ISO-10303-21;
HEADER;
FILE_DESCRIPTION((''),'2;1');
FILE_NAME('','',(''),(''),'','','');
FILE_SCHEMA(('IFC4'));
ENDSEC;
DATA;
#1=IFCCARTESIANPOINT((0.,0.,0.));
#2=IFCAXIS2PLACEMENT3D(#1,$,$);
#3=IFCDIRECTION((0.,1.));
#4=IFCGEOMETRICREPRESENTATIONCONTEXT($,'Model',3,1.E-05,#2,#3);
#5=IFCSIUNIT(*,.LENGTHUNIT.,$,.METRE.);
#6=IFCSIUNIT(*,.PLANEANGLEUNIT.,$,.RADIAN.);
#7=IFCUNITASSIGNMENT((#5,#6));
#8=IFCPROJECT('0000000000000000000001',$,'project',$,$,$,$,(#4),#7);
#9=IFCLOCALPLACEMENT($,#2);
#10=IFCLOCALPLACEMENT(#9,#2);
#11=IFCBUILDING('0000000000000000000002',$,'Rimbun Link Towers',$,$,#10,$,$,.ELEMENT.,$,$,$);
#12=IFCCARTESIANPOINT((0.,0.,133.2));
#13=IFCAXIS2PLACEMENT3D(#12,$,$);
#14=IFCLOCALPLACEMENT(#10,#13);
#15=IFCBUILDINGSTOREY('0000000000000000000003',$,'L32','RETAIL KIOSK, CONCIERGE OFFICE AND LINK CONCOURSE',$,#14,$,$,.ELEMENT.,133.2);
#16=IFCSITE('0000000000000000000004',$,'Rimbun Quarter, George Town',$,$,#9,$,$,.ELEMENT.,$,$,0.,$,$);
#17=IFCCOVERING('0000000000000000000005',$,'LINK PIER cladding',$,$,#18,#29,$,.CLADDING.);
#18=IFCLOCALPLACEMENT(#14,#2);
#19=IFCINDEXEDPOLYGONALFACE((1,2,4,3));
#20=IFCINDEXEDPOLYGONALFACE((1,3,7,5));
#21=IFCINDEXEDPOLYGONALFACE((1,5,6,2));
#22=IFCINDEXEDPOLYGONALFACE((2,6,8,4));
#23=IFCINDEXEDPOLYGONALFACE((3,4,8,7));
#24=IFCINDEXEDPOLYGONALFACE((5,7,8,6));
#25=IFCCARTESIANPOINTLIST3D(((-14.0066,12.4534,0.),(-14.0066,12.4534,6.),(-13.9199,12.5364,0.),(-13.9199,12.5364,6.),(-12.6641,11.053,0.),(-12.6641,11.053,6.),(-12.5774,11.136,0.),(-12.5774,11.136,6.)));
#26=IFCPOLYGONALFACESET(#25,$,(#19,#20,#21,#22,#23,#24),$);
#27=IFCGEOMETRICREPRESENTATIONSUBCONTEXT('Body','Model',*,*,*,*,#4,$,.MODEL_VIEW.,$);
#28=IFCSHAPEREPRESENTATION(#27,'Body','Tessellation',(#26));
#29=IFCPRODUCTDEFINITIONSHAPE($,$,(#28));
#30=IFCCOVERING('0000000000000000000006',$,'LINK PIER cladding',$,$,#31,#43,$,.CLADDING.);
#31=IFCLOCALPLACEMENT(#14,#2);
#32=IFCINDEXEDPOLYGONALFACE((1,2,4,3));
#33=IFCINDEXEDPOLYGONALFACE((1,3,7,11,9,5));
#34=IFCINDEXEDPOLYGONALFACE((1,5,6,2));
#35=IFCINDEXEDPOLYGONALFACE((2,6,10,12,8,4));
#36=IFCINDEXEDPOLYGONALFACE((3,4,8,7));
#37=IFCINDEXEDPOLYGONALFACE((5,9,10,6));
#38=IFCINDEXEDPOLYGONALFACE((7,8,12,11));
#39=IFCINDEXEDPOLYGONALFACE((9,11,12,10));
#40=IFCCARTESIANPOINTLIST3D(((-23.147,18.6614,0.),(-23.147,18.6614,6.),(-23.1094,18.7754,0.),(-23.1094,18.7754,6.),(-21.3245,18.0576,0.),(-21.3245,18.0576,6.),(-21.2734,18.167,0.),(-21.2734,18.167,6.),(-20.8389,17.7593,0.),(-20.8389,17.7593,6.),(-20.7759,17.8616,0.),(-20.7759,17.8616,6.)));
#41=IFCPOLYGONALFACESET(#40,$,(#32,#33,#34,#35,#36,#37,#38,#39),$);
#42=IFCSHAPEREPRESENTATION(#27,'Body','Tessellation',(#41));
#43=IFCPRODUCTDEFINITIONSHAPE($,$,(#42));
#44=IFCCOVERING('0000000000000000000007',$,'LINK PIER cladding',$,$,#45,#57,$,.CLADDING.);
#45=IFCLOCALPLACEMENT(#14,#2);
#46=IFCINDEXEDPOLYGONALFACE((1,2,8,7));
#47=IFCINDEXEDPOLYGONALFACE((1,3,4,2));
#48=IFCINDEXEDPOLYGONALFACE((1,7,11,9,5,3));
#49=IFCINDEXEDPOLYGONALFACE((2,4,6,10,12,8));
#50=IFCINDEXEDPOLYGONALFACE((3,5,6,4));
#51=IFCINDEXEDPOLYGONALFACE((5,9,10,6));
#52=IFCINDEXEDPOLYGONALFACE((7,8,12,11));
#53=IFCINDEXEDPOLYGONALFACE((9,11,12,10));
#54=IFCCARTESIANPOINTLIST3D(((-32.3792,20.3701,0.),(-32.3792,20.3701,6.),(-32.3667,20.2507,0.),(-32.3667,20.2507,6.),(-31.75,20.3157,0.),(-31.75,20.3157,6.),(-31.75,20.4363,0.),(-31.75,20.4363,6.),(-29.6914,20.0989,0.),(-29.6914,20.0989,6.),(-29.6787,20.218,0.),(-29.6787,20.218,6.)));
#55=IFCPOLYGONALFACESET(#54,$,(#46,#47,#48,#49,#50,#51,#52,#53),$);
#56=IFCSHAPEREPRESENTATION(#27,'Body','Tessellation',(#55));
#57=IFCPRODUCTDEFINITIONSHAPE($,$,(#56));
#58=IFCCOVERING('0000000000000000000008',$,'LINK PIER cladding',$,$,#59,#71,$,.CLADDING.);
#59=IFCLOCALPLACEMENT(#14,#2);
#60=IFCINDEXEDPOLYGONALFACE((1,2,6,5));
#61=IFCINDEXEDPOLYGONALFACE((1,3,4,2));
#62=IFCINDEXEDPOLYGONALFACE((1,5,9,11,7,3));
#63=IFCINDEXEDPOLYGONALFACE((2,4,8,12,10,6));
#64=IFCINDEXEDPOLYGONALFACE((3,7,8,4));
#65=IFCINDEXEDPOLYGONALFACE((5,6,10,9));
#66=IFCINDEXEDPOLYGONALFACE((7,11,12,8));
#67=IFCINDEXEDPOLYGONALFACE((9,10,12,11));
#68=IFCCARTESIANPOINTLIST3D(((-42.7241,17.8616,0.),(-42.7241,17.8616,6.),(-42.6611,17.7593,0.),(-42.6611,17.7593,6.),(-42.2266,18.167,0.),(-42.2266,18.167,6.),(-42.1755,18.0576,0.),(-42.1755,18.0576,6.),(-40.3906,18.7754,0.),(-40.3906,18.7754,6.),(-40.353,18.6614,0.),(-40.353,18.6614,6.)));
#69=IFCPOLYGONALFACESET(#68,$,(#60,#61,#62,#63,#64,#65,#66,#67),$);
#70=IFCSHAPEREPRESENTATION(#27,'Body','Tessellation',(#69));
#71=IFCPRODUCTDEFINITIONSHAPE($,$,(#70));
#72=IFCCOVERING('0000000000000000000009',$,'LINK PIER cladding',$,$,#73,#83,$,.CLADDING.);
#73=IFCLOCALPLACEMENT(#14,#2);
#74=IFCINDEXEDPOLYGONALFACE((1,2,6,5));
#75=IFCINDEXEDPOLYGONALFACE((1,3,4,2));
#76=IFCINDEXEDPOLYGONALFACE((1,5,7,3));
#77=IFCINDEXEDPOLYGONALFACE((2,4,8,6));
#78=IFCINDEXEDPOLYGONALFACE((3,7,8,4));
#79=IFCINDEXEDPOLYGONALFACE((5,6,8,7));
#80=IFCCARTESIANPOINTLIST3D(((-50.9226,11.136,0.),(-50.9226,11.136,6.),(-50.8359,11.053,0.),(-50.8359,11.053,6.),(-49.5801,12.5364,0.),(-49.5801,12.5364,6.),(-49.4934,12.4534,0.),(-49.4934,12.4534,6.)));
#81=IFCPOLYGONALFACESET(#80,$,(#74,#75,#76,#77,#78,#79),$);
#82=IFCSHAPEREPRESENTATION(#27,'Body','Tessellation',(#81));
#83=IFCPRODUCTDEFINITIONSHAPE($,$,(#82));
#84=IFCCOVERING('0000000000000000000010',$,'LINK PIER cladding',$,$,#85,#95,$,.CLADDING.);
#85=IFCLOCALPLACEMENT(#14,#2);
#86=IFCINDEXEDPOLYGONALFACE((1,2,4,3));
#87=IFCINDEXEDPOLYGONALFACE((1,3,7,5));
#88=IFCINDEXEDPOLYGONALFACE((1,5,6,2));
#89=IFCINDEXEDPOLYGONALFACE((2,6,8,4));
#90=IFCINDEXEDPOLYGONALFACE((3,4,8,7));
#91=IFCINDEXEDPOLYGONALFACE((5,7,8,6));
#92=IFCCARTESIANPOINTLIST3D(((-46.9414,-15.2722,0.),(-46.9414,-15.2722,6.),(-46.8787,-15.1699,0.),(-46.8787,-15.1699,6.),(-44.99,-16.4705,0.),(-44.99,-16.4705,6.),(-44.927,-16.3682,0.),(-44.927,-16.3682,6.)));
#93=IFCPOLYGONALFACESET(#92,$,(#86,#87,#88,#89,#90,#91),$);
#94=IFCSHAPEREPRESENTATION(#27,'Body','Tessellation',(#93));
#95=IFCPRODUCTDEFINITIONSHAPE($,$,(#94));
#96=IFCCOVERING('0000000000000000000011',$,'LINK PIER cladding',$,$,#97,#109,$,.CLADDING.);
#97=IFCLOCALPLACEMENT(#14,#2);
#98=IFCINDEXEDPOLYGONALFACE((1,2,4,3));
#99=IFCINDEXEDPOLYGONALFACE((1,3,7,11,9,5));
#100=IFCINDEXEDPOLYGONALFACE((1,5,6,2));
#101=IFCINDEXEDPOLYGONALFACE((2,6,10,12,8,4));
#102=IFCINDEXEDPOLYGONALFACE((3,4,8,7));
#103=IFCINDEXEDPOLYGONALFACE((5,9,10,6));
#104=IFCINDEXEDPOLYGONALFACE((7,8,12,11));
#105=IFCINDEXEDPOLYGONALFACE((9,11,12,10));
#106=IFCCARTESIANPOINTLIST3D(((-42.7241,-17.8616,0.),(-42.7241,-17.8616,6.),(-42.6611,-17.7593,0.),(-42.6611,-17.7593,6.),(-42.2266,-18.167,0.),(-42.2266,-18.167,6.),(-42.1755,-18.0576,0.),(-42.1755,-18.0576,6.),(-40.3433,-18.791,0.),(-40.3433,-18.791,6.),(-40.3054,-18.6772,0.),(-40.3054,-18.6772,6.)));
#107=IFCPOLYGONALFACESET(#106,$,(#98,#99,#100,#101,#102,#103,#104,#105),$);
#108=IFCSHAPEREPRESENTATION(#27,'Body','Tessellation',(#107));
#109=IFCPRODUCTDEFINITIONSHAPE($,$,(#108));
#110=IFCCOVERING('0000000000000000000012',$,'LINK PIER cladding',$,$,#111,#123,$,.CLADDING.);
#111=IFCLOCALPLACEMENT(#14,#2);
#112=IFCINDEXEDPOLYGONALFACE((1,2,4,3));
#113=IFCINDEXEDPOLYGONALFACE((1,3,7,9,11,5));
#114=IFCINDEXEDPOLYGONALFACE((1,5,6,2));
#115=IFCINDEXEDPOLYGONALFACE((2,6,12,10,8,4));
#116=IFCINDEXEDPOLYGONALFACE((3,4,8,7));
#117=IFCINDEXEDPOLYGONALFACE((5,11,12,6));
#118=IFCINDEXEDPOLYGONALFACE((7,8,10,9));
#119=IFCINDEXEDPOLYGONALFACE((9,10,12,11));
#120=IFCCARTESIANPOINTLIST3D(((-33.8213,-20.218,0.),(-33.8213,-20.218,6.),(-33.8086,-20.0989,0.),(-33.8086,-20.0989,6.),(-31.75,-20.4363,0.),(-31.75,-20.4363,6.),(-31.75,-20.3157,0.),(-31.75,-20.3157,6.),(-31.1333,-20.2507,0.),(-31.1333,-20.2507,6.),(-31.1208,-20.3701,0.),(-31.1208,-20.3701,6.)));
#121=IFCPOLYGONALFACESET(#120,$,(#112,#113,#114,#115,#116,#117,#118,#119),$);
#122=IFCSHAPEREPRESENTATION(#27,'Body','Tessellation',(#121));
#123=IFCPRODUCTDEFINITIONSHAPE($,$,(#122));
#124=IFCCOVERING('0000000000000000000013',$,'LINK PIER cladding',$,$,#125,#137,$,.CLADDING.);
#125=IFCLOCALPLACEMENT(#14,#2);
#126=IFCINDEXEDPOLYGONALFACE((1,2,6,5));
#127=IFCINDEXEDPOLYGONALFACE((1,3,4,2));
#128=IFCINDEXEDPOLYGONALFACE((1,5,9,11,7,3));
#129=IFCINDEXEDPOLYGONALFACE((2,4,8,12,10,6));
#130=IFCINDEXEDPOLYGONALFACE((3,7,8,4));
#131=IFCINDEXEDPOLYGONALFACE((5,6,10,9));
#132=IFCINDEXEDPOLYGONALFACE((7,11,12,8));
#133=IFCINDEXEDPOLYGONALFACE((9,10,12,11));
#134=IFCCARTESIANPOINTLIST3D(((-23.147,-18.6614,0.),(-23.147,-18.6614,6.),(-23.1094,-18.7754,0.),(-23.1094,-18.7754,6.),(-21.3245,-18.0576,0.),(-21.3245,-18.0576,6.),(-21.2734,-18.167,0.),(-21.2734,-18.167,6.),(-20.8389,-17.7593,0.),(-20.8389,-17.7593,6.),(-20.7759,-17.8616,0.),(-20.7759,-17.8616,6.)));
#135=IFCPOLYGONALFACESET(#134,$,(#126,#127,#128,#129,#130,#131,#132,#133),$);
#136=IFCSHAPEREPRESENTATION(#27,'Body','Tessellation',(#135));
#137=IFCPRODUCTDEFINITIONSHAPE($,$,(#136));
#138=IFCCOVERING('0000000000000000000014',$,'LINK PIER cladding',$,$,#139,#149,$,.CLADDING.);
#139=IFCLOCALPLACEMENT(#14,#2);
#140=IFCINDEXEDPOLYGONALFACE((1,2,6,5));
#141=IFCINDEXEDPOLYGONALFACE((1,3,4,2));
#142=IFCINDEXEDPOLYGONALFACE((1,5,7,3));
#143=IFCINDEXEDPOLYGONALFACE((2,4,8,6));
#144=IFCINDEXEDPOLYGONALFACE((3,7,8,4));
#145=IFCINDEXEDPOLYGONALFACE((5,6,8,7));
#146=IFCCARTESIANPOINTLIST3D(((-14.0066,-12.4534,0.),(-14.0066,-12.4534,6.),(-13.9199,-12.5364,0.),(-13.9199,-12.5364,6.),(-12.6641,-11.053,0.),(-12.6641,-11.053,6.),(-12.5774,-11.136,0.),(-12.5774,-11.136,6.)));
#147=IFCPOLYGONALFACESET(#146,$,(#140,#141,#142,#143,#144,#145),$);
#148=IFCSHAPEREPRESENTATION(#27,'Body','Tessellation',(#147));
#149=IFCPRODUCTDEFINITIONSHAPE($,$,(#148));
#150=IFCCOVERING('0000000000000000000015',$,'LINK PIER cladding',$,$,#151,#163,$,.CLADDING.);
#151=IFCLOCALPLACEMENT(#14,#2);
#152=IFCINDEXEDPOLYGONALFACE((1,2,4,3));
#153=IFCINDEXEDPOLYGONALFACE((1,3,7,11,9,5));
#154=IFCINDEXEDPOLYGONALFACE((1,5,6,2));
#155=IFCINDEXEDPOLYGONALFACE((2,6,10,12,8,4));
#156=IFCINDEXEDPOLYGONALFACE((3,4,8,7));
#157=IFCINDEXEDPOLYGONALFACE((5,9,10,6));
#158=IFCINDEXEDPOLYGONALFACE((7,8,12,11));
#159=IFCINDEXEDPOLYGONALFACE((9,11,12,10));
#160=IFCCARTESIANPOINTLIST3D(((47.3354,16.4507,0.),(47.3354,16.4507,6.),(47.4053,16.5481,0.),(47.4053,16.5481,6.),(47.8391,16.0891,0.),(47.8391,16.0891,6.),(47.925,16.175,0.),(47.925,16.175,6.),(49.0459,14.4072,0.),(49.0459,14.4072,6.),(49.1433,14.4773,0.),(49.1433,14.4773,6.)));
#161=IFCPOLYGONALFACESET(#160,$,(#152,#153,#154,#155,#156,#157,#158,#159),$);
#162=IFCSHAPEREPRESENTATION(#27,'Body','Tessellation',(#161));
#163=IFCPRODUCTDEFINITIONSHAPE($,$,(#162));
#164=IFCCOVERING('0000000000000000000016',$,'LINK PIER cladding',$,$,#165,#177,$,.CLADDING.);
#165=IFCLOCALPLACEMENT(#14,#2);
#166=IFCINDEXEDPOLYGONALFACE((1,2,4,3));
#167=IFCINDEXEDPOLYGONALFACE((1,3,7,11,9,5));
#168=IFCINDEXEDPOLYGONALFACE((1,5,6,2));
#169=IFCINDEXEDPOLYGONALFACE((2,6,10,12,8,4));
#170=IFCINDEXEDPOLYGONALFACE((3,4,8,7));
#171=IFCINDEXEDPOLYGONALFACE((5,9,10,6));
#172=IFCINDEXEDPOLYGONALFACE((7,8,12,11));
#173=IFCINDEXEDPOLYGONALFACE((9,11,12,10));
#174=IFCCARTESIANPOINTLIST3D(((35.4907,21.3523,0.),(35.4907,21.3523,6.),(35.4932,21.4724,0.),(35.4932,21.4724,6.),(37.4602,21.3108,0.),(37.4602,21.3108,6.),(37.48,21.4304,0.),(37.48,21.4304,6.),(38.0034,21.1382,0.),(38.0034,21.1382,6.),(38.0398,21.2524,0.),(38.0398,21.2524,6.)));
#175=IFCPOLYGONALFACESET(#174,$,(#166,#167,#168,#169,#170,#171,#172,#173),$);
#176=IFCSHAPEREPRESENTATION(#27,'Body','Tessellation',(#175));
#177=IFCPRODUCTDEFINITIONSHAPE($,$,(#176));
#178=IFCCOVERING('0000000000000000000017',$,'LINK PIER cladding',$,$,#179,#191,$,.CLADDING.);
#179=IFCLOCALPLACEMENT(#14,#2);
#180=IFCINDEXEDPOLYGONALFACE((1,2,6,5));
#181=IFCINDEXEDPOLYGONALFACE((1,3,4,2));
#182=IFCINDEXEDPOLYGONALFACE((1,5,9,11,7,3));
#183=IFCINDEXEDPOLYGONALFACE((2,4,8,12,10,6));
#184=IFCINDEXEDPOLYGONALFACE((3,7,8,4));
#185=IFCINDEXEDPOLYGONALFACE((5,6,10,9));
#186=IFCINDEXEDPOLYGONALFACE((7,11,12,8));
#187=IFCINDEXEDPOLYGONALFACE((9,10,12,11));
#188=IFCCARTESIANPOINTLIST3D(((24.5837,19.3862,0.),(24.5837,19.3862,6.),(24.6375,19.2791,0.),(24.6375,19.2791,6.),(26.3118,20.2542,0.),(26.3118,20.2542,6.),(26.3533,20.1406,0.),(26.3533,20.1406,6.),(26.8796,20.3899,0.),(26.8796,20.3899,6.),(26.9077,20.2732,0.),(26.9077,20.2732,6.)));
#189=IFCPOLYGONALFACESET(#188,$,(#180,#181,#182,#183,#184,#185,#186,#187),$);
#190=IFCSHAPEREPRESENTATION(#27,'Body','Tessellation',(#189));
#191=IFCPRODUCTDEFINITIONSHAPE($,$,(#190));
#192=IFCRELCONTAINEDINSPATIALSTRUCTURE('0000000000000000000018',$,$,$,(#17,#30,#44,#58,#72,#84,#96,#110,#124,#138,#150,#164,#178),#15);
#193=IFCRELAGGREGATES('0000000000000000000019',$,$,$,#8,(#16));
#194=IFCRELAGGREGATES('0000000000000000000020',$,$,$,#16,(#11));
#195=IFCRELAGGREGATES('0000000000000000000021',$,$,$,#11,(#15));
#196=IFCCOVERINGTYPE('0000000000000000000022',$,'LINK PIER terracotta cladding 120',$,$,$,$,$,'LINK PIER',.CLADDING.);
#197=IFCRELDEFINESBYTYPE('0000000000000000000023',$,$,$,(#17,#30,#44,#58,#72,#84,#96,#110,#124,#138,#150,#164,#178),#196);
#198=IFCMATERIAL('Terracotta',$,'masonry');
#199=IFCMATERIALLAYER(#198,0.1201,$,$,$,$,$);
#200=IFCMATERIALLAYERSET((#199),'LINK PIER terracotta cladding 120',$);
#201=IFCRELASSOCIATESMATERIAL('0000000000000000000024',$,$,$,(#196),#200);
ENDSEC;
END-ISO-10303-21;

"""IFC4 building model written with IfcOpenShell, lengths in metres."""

from ifc_helpers import new_model, si_unit, direction, frame, origin, place, context, subcontext, project, spatial, polyline, outline, extrude, material, layer, layer_set, type_object, element, save


model = new_model("IFC4")

# Units and contexts
model_context = context("Model", 3, precision=1e-05, world=origin(), true_north=direction((0.0, 1.0)))
body_context = subcontext(model_context, "Body", "Model", "MODEL_VIEW")
ifc_project = project(units=[si_unit("LENGTHUNIT", "METRE"), si_unit("PLANEANGLEUNIT", "RADIAN")], contexts=[model_context])

# Site, building, storey
site_placement = place(None, origin())
site = spatial("IfcSite", under=ifc_project, at=site_placement, Name="Rimbun Quarter, George Town", CompositionType="ELEMENT", RefElevation=0.0)
building_placement = place(site_placement, origin())
building = spatial("IfcBuilding", under=site, at=building_placement, Name="Rimbun Link Towers", CompositionType="ELEMENT")
storey_placement = place(building_placement, frame((0.0, 0.0, 133.2)))
storey = spatial("IfcBuildingStorey", under=building, at=storey_placement, Name="L32", Description="RETAIL KIOSK, CONCIERGE OFFICE AND LINK CONCOURSE", CompositionType="ELEMENT", Elevation=133.2)

# Coverings
ifc_material_1 = material(Name="Terracotta", Category="masonry")
ifc_layer_1 = layer(ifc_material_1, 0.1201)
ifc_layer_set_1 = layer_set([ifc_layer_1], Name="LINK PIER terracotta cladding 120")
covering_type = type_object("IfcCoveringType", Name="LINK PIER terracotta cladding 120", ElementType="LINK PIER", PredefinedType="CLADDING", material=ifc_layer_set_1)
covering_1_placement = place(storey_placement, origin())
element("IfcCovering", 1, at=covering_1_placement, inside=storey, type_object=covering_type, Name="LINK PIER cladding", PredefinedType="CLADDING", context=body_context, shape_type="SweptSolid", body=[
    extrude(outline(polyline([(-14.0066, 12.4534), (-12.6641, 11.053), (-12.5774, 11.136), (-13.9199, 12.5364), (-14.0066, 12.4534)])), origin(), (0.0, 0.0, 1.0), 6.0),
])
covering_2_placement = place(storey_placement, origin())
element("IfcCovering", 2, at=covering_2_placement, inside=storey, type_object=covering_type, Name="LINK PIER cladding", PredefinedType="CLADDING", context=body_context, shape_type="SweptSolid", body=[
    extrude(outline(polyline([(-23.147, 18.6614), (-21.3245, 18.0576), (-20.8389, 17.7593), (-20.7759, 17.8616), (-21.2734, 18.167), (-23.1094, 18.7754), (-23.147, 18.6614)])), origin(), (0.0, 0.0, 1.0), 6.0),
])
covering_3_placement = place(storey_placement, origin())
element("IfcCovering", 3, at=covering_3_placement, inside=storey, type_object=covering_type, Name="LINK PIER cladding", PredefinedType="CLADDING", context=body_context, shape_type="SweptSolid", body=[
    extrude(outline(polyline([(-32.3667, 20.2507), (-31.75, 20.3157), (-29.6914, 20.0989), (-29.6787, 20.218), (-31.75, 20.4363), (-32.3792, 20.3701), (-32.3667, 20.2507)])), origin(), (0.0, 0.0, 1.0), 6.0),
])
covering_4_placement = place(storey_placement, origin())
element("IfcCovering", 4, at=covering_4_placement, inside=storey, type_object=covering_type, Name="LINK PIER cladding", PredefinedType="CLADDING", context=body_context, shape_type="SweptSolid", body=[
    extrude(outline(polyline([(-42.6611, 17.7593), (-42.1755, 18.0576), (-40.353, 18.6614), (-40.3906, 18.7754), (-42.2266, 18.167), (-42.7241, 17.8616), (-42.6611, 17.7593)])), origin(), (0.0, 0.0, 1.0), 6.0),
])
covering_5_placement = place(storey_placement, origin())
element("IfcCovering", 5, at=covering_5_placement, inside=storey, type_object=covering_type, Name="LINK PIER cladding", PredefinedType="CLADDING", context=body_context, shape_type="SweptSolid", body=[
    extrude(outline(polyline([(-50.8359, 11.053), (-49.4934, 12.4534), (-49.5801, 12.5364), (-50.9226, 11.136), (-50.8359, 11.053)])), origin(), (0.0, 0.0, 1.0), 6.0),
])
covering_6_placement = place(storey_placement, origin())
element("IfcCovering", 6, at=covering_6_placement, inside=storey, type_object=covering_type, Name="LINK PIER cladding", PredefinedType="CLADDING", context=body_context, shape_type="SweptSolid", body=[
    extrude(outline(polyline([(-44.927, -16.3682), (-46.8787, -15.1699), (-46.9414, -15.2722), (-44.99, -16.4705), (-44.927, -16.3682)])), origin(), (0.0, 0.0, 1.0), 6.0),
])
covering_7_placement = place(storey_placement, origin())
element("IfcCovering", 7, at=covering_7_placement, inside=storey, type_object=covering_type, Name="LINK PIER cladding", PredefinedType="CLADDING", context=body_context, shape_type="SweptSolid", body=[
    extrude(outline(polyline([(-40.3054, -18.6772), (-42.1755, -18.0576), (-42.6611, -17.7593), (-42.7241, -17.8616), (-42.2266, -18.167), (-40.3433, -18.791), (-40.3054, -18.6772)])), origin(), (0.0, 0.0, 1.0), 6.0),
])
covering_8_placement = place(storey_placement, origin())
element("IfcCovering", 8, at=covering_8_placement, inside=storey, type_object=covering_type, Name="LINK PIER cladding", PredefinedType="CLADDING", context=body_context, shape_type="SweptSolid", body=[
    extrude(outline(polyline([(-31.1333, -20.2507), (-31.75, -20.3157), (-33.8086, -20.0989), (-33.8213, -20.218), (-31.75, -20.4363), (-31.1208, -20.3701), (-31.1333, -20.2507)])), origin(), (0.0, 0.0, 1.0), 6.0),
])
covering_9_placement = place(storey_placement, origin())
element("IfcCovering", 9, at=covering_9_placement, inside=storey, type_object=covering_type, Name="LINK PIER cladding", PredefinedType="CLADDING", context=body_context, shape_type="SweptSolid", body=[
    extrude(outline(polyline([(-20.8389, -17.7593), (-21.3245, -18.0576), (-23.147, -18.6614), (-23.1094, -18.7754), (-21.2734, -18.167), (-20.7759, -17.8616), (-20.8389, -17.7593)])), origin(), (0.0, 0.0, 1.0), 6.0),
])
covering_10_placement = place(storey_placement, origin())
element("IfcCovering", 10, at=covering_10_placement, inside=storey, type_object=covering_type, Name="LINK PIER cladding", PredefinedType="CLADDING", context=body_context, shape_type="SweptSolid", body=[
    extrude(outline(polyline([(-12.6641, -11.053), (-14.0066, -12.4534), (-13.9199, -12.5364), (-12.5774, -11.136), (-12.6641, -11.053)])), origin(), (0.0, 0.0, 1.0), 6.0),
])
covering_11_placement = place(storey_placement, origin())
element("IfcCovering", 11, at=covering_11_placement, inside=storey, type_object=covering_type, Name="LINK PIER cladding", PredefinedType="CLADDING", context=body_context, shape_type="SweptSolid", body=[
    extrude(outline(polyline([(47.3354, 16.4507), (47.8391, 16.0891), (49.0459, 14.4072), (49.1433, 14.4773), (47.925, 16.175), (47.4053, 16.5481), (47.3354, 16.4507)])), origin(), (0.0, 0.0, 1.0), 6.0),
])
covering_12_placement = place(storey_placement, origin())
element("IfcCovering", 12, at=covering_12_placement, inside=storey, type_object=covering_type, Name="LINK PIER cladding", PredefinedType="CLADDING", context=body_context, shape_type="SweptSolid", body=[
    extrude(outline(polyline([(35.4907, 21.3523), (37.4602, 21.3108), (38.0034, 21.1382), (38.0398, 21.2524), (37.48, 21.4304), (35.4932, 21.4724), (35.4907, 21.3523)])), origin(), (0.0, 0.0, 1.0), 6.0),
])
covering_13_placement = place(storey_placement, origin())
element("IfcCovering", 13, at=covering_13_placement, inside=storey, type_object=covering_type, Name="LINK PIER cladding", PredefinedType="CLADDING", context=body_context, shape_type="SweptSolid", body=[
    extrude(outline(polyline([(24.6375, 19.2791), (26.3533, 20.1406), (26.9077, 20.2732), (26.8796, 20.3899), (26.3118, 20.2542), (24.5837, 19.3862), (24.6375, 19.2791)])), origin(), (0.0, 0.0, 1.0), 6.0),
])

save(model, "model.ifc")
